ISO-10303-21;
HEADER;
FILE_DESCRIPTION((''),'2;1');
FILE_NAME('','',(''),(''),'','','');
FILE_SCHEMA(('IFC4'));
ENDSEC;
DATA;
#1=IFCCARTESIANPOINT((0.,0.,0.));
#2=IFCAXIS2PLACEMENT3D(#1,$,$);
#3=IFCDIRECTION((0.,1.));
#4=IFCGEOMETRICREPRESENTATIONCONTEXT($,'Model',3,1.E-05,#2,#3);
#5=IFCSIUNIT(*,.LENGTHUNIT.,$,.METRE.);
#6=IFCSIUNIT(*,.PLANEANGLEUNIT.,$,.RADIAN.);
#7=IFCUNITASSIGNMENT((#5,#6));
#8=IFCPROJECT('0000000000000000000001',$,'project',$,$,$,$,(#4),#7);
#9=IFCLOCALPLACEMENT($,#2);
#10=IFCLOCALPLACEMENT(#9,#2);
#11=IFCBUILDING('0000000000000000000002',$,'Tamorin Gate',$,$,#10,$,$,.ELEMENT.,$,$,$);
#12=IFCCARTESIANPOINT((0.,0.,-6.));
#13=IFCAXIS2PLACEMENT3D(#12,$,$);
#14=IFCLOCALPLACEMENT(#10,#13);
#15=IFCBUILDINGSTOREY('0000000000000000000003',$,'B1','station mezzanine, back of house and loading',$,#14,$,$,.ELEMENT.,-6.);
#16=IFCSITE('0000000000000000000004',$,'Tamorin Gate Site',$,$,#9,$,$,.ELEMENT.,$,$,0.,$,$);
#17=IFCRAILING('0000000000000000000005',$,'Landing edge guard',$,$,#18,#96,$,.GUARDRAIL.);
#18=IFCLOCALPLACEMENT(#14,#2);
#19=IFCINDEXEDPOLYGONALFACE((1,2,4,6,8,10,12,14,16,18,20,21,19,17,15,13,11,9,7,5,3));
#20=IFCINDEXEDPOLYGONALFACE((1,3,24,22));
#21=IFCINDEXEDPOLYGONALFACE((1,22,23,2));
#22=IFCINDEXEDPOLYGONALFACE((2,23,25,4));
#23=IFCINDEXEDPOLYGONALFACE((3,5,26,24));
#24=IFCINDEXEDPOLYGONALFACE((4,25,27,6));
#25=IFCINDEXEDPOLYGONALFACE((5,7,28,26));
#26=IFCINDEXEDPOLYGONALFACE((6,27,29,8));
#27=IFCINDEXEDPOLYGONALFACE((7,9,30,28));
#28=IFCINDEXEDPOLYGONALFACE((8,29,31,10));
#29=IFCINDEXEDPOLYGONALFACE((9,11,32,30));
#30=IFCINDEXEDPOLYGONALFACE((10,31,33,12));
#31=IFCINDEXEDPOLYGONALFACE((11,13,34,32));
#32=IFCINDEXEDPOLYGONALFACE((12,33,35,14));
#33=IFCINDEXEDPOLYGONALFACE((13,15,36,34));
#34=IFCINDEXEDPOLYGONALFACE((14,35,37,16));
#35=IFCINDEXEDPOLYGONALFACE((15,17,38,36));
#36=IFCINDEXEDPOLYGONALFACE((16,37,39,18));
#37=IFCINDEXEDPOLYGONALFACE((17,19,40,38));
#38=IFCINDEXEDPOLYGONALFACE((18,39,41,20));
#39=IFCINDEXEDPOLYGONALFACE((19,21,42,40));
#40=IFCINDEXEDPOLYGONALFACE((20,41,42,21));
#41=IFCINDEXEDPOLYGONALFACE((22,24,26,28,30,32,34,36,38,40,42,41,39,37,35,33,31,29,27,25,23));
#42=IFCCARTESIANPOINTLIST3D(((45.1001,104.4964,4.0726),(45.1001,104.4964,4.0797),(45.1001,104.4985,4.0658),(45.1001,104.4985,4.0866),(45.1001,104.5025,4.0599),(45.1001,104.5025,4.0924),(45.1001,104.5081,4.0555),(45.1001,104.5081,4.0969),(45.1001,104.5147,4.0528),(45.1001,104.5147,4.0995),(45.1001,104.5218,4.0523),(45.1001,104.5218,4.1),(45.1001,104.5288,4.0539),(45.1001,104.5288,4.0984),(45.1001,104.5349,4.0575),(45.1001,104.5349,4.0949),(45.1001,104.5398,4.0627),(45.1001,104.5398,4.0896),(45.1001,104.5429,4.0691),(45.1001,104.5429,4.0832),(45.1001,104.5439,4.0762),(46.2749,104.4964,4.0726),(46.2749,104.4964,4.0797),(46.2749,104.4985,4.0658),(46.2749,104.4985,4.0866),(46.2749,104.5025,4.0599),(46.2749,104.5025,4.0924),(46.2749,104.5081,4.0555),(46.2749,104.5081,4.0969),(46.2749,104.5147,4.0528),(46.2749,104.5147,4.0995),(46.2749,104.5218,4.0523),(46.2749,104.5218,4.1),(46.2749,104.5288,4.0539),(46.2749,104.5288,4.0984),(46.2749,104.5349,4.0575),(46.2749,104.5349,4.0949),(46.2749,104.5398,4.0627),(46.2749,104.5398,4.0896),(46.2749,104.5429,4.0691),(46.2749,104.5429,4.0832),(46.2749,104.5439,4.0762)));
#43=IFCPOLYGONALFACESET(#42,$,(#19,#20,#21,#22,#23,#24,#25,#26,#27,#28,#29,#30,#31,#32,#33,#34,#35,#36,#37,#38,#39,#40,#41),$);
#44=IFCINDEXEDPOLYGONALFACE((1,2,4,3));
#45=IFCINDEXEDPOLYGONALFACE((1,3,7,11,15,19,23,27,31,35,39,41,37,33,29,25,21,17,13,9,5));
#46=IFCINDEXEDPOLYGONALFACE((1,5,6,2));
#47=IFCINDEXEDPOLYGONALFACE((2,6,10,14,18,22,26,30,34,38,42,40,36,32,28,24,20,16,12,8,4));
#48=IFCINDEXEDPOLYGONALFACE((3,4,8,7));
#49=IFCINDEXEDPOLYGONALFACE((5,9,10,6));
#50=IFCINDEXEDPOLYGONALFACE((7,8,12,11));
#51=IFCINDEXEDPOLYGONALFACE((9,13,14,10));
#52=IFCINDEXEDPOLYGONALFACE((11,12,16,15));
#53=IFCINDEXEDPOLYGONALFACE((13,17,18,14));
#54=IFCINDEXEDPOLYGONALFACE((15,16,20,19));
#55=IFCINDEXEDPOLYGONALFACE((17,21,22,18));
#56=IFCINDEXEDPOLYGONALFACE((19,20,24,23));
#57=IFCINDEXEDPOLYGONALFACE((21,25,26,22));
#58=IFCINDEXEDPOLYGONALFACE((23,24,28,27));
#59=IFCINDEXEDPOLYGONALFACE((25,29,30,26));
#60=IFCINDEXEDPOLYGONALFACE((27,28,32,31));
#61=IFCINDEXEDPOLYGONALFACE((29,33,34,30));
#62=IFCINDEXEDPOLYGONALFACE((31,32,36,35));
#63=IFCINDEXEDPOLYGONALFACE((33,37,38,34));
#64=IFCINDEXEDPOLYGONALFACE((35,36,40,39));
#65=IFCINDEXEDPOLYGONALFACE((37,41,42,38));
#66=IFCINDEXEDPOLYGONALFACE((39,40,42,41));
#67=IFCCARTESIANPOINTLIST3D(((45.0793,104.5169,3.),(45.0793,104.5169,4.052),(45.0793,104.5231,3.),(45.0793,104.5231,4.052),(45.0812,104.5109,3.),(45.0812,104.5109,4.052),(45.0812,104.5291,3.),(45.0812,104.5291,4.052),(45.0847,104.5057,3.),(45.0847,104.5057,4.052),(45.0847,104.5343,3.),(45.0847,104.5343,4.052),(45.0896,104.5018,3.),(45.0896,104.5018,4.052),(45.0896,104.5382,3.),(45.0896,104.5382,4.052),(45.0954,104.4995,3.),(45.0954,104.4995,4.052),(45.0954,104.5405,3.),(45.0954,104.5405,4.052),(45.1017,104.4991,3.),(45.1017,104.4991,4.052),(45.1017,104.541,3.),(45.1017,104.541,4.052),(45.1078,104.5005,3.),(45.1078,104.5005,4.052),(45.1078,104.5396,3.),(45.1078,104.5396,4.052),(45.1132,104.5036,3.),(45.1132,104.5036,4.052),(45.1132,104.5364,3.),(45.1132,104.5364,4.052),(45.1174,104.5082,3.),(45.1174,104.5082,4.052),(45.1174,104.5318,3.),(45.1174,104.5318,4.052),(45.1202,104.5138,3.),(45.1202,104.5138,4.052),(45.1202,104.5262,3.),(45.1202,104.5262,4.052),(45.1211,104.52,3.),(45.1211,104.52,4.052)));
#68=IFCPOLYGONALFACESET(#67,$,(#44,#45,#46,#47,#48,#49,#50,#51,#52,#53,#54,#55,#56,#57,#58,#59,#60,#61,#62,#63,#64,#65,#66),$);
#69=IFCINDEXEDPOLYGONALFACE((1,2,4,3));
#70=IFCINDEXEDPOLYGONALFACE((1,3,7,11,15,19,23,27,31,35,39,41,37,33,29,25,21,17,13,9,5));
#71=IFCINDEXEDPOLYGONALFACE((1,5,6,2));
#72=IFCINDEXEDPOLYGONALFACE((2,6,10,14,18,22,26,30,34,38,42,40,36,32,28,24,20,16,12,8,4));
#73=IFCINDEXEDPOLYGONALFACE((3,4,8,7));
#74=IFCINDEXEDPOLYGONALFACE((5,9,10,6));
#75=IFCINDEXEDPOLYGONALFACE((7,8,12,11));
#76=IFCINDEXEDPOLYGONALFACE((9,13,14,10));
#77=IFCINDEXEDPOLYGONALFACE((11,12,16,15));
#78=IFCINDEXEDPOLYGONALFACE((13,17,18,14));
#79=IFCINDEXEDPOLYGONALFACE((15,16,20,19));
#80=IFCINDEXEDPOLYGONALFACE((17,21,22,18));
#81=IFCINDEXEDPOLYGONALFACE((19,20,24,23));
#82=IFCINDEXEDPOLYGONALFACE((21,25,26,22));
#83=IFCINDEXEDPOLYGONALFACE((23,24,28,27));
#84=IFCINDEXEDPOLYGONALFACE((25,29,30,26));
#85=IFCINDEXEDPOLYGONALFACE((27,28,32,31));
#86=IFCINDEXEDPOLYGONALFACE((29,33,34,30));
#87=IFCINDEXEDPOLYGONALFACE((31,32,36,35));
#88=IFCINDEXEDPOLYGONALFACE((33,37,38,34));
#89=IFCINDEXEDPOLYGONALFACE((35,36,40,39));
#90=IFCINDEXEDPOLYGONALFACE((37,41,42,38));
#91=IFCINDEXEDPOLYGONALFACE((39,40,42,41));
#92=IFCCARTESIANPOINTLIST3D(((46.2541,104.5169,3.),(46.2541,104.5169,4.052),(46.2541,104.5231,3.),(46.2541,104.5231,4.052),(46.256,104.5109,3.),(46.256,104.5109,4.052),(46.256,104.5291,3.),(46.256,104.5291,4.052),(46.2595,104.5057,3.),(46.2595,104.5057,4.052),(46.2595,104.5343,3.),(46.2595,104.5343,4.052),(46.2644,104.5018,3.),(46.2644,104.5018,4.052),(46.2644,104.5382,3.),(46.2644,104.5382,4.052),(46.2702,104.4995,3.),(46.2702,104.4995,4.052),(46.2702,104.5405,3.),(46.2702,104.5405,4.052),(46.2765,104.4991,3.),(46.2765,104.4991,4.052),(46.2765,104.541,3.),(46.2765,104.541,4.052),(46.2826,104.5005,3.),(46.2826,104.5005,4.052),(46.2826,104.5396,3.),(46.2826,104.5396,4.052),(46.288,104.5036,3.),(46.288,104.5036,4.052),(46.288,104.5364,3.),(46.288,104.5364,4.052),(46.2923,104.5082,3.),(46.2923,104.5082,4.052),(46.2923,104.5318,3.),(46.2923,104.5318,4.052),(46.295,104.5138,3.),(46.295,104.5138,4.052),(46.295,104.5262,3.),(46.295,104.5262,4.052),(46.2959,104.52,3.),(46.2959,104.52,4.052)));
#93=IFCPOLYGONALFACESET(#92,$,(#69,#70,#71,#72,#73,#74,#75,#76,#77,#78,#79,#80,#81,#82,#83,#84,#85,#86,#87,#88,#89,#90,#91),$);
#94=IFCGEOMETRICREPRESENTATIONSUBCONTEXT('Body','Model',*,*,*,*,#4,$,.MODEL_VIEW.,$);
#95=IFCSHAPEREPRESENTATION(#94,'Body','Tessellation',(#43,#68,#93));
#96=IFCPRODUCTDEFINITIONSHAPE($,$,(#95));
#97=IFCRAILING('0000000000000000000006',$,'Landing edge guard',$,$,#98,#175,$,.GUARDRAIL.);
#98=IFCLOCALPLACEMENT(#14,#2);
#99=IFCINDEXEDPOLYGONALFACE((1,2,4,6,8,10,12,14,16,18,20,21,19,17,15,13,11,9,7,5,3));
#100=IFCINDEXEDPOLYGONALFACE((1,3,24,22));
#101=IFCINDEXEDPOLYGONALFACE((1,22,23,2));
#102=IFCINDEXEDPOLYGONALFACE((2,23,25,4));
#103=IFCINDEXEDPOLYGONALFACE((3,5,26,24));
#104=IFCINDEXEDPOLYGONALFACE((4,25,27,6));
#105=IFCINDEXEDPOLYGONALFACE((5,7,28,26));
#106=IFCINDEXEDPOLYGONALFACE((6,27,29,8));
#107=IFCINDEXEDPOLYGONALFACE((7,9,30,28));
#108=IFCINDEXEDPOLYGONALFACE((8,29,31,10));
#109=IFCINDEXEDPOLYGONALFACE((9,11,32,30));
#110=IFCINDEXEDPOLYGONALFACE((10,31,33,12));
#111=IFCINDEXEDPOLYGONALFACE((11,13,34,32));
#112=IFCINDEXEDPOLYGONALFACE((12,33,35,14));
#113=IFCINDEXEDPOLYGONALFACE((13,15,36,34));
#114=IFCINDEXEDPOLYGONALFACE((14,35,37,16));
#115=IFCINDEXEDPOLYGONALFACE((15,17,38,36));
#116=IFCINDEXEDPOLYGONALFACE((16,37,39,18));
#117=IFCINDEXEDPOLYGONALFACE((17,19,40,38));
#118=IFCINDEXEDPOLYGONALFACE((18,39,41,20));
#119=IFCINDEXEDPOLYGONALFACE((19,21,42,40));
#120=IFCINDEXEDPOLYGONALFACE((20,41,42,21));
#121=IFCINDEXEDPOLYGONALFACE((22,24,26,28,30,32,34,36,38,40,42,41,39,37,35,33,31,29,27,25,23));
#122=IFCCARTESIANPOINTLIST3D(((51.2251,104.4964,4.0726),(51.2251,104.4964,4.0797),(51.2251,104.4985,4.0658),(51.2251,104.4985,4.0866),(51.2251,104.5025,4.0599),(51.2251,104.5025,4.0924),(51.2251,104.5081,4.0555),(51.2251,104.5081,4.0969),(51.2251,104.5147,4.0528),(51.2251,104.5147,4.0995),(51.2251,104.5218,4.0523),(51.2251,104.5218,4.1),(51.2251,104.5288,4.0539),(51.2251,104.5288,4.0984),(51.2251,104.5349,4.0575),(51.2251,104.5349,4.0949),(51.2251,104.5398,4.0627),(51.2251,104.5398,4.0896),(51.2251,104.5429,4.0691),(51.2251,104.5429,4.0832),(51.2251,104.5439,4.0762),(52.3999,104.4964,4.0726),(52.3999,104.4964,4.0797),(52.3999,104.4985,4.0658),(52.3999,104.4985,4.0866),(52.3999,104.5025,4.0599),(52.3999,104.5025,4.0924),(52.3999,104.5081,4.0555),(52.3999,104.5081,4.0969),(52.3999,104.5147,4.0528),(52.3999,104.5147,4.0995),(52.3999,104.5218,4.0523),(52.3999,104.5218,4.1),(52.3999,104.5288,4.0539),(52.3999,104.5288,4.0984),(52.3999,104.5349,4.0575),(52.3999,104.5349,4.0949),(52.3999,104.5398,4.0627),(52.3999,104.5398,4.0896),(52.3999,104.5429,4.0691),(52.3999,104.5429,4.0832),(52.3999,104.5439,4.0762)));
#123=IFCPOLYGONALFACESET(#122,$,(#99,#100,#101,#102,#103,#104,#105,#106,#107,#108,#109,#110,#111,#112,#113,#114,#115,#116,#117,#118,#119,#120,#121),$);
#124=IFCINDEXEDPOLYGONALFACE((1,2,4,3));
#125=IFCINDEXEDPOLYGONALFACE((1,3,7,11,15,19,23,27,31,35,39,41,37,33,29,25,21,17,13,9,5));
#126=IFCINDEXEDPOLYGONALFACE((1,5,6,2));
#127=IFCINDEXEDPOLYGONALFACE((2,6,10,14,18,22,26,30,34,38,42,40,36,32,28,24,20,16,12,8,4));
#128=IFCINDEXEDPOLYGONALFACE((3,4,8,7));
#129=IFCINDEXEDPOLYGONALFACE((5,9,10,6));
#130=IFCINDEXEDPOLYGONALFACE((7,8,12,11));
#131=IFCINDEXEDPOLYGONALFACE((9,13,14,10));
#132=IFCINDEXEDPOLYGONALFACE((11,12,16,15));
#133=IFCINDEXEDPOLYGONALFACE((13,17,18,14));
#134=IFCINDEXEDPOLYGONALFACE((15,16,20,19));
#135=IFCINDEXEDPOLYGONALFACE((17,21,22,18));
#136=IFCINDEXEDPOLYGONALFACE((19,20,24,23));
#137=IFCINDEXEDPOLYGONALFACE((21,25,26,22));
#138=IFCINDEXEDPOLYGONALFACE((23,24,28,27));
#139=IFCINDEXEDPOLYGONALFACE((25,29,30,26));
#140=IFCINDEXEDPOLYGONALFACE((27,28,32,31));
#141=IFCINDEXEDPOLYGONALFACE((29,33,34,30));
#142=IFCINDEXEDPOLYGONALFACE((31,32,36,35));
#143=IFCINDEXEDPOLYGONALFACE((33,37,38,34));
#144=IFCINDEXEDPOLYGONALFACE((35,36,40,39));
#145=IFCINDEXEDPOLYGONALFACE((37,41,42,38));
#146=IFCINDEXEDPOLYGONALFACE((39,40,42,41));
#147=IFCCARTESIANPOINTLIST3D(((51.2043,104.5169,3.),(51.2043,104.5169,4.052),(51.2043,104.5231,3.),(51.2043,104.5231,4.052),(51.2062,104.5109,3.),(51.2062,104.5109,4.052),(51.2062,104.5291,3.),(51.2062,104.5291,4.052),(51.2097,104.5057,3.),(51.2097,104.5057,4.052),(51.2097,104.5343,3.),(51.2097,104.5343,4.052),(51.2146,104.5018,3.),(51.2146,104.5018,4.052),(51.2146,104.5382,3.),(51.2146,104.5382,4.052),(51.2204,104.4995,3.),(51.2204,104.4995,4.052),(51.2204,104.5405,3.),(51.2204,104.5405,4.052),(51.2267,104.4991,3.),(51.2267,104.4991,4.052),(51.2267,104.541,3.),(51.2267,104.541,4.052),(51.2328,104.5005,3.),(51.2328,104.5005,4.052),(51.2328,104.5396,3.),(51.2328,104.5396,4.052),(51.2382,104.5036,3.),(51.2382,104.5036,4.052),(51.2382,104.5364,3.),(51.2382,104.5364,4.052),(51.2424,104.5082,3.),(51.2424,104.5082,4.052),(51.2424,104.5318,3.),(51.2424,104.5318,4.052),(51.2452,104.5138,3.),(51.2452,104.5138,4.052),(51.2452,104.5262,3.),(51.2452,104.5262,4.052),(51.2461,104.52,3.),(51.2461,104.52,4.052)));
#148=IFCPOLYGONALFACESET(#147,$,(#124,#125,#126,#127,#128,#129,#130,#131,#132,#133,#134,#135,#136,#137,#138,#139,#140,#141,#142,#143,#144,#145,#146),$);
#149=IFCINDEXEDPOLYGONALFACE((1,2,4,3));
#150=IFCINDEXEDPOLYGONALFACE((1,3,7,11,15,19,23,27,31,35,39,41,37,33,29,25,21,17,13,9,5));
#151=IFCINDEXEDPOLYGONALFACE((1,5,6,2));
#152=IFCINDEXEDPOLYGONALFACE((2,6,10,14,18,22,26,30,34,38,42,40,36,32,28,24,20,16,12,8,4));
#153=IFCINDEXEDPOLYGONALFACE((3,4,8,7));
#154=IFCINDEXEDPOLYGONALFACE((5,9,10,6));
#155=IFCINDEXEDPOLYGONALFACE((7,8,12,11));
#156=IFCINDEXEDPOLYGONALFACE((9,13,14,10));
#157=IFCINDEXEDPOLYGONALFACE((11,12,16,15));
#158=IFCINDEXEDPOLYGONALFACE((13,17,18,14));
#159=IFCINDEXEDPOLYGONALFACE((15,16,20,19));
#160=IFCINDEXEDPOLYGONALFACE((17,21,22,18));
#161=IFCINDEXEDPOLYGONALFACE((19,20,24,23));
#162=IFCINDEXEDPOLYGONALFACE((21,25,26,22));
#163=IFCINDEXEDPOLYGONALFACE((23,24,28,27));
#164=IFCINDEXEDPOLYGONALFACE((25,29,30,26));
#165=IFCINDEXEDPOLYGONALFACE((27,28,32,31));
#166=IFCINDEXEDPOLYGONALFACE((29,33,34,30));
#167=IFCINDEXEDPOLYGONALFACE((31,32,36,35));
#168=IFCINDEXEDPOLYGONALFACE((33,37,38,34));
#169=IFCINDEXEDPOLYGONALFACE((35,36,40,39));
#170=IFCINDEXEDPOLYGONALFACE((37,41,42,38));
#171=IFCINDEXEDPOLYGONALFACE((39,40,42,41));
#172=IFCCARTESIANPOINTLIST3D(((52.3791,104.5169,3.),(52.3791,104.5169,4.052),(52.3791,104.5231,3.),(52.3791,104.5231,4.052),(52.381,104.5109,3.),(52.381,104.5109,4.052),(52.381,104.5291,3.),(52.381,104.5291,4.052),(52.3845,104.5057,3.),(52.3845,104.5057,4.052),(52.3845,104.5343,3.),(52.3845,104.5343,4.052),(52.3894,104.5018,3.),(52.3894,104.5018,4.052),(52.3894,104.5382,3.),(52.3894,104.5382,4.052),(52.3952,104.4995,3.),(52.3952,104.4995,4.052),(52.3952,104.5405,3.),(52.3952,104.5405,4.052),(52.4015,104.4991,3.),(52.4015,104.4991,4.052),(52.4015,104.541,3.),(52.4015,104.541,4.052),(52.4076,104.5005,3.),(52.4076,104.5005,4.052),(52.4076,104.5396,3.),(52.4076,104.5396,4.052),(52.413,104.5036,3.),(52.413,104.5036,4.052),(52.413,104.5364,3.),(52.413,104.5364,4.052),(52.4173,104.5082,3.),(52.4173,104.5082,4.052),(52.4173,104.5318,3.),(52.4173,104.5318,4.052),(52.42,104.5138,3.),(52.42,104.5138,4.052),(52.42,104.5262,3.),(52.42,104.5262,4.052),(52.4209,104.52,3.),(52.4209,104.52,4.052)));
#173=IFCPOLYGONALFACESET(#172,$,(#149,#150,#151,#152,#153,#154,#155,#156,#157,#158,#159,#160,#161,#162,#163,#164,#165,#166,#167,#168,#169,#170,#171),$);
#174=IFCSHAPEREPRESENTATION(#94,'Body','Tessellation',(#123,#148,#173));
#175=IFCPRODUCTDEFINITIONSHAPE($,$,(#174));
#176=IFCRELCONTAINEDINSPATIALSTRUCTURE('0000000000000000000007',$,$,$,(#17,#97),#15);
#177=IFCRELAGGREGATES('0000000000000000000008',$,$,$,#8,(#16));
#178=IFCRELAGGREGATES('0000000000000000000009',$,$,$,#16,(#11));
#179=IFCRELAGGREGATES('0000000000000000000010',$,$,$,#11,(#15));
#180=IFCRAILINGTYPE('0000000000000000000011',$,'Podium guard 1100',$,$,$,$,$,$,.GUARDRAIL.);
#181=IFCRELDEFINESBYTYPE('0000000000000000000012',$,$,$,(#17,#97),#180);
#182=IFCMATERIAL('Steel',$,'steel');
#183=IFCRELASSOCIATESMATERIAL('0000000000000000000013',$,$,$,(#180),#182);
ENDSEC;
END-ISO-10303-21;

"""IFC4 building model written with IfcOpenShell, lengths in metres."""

from ifc_helpers import new_model, si_unit, direction, frame, origin, origin_2d, place, context, subcontext, project, spatial, circle, extrude, material, type_object, element, save


model = new_model("IFC4")

# Units and contexts
model_context = context("Model", 3, precision=1e-05, world=origin(), true_north=direction((0.0, 1.0)))
body_context = subcontext(model_context, "Body", "Model", "MODEL_VIEW")
ifc_project = project(units=[si_unit("LENGTHUNIT", "METRE"), si_unit("PLANEANGLEUNIT", "RADIAN")], contexts=[model_context])

# Site, building, storey
site_placement = place(None, origin())
site = spatial("IfcSite", under=ifc_project, at=site_placement, Name="Tamorin Gate Site", CompositionType="ELEMENT", RefElevation=0.0)
building_placement = place(site_placement, origin())
building = spatial("IfcBuilding", under=site, at=building_placement, Name="Tamorin Gate", CompositionType="ELEMENT")
storey_placement = place(building_placement, frame((0.0, 0.0, -6.0)))
storey = spatial("IfcBuildingStorey", under=building, at=storey_placement, Name="B1", Description="station mezzanine, back of house and loading", CompositionType="ELEMENT", Elevation=-6.0)

# Railings
ifc_material_1 = material(Name="Steel", Category="steel")
railing_type_1 = type_object("IfcRailingType", Name="Podium guard 1100", PredefinedType="GUARDRAIL", material=ifc_material_1)
for number, where, name in (
    (1, (45.1001, 104.52, 3.0), "Landing edge guard"),
    (2, (51.2251, 104.52, 3.0), "Landing edge guard"),
):
    element("IfcRailing", number, at=place(storey_placement, frame(where)), inside=storey, type_object=railing_type_1, Name=name, PredefinedType="GUARDRAIL", context=body_context, shape_type="SweptSolid", body=[
        extrude(circle(Radius=0.0239, at=origin_2d()), frame((0.0, 0.0, 1.0762), z_axis=(1.0, 0.0, 0.0), x_axis=(0.0, 1.0, 0.0)), (0.0, 0.0, 1.0), 1.1748),
        extrude(circle(Radius=0.021, at=origin_2d()), origin(), (0.0, 0.0, 1.0), 1.052),
        extrude(circle(Radius=0.021, at=origin_2d()), frame((1.1748, 0.0, 0.0)), (0.0, 0.0, 1.0), 1.052),
    ])

save(model, "model.ifc")
